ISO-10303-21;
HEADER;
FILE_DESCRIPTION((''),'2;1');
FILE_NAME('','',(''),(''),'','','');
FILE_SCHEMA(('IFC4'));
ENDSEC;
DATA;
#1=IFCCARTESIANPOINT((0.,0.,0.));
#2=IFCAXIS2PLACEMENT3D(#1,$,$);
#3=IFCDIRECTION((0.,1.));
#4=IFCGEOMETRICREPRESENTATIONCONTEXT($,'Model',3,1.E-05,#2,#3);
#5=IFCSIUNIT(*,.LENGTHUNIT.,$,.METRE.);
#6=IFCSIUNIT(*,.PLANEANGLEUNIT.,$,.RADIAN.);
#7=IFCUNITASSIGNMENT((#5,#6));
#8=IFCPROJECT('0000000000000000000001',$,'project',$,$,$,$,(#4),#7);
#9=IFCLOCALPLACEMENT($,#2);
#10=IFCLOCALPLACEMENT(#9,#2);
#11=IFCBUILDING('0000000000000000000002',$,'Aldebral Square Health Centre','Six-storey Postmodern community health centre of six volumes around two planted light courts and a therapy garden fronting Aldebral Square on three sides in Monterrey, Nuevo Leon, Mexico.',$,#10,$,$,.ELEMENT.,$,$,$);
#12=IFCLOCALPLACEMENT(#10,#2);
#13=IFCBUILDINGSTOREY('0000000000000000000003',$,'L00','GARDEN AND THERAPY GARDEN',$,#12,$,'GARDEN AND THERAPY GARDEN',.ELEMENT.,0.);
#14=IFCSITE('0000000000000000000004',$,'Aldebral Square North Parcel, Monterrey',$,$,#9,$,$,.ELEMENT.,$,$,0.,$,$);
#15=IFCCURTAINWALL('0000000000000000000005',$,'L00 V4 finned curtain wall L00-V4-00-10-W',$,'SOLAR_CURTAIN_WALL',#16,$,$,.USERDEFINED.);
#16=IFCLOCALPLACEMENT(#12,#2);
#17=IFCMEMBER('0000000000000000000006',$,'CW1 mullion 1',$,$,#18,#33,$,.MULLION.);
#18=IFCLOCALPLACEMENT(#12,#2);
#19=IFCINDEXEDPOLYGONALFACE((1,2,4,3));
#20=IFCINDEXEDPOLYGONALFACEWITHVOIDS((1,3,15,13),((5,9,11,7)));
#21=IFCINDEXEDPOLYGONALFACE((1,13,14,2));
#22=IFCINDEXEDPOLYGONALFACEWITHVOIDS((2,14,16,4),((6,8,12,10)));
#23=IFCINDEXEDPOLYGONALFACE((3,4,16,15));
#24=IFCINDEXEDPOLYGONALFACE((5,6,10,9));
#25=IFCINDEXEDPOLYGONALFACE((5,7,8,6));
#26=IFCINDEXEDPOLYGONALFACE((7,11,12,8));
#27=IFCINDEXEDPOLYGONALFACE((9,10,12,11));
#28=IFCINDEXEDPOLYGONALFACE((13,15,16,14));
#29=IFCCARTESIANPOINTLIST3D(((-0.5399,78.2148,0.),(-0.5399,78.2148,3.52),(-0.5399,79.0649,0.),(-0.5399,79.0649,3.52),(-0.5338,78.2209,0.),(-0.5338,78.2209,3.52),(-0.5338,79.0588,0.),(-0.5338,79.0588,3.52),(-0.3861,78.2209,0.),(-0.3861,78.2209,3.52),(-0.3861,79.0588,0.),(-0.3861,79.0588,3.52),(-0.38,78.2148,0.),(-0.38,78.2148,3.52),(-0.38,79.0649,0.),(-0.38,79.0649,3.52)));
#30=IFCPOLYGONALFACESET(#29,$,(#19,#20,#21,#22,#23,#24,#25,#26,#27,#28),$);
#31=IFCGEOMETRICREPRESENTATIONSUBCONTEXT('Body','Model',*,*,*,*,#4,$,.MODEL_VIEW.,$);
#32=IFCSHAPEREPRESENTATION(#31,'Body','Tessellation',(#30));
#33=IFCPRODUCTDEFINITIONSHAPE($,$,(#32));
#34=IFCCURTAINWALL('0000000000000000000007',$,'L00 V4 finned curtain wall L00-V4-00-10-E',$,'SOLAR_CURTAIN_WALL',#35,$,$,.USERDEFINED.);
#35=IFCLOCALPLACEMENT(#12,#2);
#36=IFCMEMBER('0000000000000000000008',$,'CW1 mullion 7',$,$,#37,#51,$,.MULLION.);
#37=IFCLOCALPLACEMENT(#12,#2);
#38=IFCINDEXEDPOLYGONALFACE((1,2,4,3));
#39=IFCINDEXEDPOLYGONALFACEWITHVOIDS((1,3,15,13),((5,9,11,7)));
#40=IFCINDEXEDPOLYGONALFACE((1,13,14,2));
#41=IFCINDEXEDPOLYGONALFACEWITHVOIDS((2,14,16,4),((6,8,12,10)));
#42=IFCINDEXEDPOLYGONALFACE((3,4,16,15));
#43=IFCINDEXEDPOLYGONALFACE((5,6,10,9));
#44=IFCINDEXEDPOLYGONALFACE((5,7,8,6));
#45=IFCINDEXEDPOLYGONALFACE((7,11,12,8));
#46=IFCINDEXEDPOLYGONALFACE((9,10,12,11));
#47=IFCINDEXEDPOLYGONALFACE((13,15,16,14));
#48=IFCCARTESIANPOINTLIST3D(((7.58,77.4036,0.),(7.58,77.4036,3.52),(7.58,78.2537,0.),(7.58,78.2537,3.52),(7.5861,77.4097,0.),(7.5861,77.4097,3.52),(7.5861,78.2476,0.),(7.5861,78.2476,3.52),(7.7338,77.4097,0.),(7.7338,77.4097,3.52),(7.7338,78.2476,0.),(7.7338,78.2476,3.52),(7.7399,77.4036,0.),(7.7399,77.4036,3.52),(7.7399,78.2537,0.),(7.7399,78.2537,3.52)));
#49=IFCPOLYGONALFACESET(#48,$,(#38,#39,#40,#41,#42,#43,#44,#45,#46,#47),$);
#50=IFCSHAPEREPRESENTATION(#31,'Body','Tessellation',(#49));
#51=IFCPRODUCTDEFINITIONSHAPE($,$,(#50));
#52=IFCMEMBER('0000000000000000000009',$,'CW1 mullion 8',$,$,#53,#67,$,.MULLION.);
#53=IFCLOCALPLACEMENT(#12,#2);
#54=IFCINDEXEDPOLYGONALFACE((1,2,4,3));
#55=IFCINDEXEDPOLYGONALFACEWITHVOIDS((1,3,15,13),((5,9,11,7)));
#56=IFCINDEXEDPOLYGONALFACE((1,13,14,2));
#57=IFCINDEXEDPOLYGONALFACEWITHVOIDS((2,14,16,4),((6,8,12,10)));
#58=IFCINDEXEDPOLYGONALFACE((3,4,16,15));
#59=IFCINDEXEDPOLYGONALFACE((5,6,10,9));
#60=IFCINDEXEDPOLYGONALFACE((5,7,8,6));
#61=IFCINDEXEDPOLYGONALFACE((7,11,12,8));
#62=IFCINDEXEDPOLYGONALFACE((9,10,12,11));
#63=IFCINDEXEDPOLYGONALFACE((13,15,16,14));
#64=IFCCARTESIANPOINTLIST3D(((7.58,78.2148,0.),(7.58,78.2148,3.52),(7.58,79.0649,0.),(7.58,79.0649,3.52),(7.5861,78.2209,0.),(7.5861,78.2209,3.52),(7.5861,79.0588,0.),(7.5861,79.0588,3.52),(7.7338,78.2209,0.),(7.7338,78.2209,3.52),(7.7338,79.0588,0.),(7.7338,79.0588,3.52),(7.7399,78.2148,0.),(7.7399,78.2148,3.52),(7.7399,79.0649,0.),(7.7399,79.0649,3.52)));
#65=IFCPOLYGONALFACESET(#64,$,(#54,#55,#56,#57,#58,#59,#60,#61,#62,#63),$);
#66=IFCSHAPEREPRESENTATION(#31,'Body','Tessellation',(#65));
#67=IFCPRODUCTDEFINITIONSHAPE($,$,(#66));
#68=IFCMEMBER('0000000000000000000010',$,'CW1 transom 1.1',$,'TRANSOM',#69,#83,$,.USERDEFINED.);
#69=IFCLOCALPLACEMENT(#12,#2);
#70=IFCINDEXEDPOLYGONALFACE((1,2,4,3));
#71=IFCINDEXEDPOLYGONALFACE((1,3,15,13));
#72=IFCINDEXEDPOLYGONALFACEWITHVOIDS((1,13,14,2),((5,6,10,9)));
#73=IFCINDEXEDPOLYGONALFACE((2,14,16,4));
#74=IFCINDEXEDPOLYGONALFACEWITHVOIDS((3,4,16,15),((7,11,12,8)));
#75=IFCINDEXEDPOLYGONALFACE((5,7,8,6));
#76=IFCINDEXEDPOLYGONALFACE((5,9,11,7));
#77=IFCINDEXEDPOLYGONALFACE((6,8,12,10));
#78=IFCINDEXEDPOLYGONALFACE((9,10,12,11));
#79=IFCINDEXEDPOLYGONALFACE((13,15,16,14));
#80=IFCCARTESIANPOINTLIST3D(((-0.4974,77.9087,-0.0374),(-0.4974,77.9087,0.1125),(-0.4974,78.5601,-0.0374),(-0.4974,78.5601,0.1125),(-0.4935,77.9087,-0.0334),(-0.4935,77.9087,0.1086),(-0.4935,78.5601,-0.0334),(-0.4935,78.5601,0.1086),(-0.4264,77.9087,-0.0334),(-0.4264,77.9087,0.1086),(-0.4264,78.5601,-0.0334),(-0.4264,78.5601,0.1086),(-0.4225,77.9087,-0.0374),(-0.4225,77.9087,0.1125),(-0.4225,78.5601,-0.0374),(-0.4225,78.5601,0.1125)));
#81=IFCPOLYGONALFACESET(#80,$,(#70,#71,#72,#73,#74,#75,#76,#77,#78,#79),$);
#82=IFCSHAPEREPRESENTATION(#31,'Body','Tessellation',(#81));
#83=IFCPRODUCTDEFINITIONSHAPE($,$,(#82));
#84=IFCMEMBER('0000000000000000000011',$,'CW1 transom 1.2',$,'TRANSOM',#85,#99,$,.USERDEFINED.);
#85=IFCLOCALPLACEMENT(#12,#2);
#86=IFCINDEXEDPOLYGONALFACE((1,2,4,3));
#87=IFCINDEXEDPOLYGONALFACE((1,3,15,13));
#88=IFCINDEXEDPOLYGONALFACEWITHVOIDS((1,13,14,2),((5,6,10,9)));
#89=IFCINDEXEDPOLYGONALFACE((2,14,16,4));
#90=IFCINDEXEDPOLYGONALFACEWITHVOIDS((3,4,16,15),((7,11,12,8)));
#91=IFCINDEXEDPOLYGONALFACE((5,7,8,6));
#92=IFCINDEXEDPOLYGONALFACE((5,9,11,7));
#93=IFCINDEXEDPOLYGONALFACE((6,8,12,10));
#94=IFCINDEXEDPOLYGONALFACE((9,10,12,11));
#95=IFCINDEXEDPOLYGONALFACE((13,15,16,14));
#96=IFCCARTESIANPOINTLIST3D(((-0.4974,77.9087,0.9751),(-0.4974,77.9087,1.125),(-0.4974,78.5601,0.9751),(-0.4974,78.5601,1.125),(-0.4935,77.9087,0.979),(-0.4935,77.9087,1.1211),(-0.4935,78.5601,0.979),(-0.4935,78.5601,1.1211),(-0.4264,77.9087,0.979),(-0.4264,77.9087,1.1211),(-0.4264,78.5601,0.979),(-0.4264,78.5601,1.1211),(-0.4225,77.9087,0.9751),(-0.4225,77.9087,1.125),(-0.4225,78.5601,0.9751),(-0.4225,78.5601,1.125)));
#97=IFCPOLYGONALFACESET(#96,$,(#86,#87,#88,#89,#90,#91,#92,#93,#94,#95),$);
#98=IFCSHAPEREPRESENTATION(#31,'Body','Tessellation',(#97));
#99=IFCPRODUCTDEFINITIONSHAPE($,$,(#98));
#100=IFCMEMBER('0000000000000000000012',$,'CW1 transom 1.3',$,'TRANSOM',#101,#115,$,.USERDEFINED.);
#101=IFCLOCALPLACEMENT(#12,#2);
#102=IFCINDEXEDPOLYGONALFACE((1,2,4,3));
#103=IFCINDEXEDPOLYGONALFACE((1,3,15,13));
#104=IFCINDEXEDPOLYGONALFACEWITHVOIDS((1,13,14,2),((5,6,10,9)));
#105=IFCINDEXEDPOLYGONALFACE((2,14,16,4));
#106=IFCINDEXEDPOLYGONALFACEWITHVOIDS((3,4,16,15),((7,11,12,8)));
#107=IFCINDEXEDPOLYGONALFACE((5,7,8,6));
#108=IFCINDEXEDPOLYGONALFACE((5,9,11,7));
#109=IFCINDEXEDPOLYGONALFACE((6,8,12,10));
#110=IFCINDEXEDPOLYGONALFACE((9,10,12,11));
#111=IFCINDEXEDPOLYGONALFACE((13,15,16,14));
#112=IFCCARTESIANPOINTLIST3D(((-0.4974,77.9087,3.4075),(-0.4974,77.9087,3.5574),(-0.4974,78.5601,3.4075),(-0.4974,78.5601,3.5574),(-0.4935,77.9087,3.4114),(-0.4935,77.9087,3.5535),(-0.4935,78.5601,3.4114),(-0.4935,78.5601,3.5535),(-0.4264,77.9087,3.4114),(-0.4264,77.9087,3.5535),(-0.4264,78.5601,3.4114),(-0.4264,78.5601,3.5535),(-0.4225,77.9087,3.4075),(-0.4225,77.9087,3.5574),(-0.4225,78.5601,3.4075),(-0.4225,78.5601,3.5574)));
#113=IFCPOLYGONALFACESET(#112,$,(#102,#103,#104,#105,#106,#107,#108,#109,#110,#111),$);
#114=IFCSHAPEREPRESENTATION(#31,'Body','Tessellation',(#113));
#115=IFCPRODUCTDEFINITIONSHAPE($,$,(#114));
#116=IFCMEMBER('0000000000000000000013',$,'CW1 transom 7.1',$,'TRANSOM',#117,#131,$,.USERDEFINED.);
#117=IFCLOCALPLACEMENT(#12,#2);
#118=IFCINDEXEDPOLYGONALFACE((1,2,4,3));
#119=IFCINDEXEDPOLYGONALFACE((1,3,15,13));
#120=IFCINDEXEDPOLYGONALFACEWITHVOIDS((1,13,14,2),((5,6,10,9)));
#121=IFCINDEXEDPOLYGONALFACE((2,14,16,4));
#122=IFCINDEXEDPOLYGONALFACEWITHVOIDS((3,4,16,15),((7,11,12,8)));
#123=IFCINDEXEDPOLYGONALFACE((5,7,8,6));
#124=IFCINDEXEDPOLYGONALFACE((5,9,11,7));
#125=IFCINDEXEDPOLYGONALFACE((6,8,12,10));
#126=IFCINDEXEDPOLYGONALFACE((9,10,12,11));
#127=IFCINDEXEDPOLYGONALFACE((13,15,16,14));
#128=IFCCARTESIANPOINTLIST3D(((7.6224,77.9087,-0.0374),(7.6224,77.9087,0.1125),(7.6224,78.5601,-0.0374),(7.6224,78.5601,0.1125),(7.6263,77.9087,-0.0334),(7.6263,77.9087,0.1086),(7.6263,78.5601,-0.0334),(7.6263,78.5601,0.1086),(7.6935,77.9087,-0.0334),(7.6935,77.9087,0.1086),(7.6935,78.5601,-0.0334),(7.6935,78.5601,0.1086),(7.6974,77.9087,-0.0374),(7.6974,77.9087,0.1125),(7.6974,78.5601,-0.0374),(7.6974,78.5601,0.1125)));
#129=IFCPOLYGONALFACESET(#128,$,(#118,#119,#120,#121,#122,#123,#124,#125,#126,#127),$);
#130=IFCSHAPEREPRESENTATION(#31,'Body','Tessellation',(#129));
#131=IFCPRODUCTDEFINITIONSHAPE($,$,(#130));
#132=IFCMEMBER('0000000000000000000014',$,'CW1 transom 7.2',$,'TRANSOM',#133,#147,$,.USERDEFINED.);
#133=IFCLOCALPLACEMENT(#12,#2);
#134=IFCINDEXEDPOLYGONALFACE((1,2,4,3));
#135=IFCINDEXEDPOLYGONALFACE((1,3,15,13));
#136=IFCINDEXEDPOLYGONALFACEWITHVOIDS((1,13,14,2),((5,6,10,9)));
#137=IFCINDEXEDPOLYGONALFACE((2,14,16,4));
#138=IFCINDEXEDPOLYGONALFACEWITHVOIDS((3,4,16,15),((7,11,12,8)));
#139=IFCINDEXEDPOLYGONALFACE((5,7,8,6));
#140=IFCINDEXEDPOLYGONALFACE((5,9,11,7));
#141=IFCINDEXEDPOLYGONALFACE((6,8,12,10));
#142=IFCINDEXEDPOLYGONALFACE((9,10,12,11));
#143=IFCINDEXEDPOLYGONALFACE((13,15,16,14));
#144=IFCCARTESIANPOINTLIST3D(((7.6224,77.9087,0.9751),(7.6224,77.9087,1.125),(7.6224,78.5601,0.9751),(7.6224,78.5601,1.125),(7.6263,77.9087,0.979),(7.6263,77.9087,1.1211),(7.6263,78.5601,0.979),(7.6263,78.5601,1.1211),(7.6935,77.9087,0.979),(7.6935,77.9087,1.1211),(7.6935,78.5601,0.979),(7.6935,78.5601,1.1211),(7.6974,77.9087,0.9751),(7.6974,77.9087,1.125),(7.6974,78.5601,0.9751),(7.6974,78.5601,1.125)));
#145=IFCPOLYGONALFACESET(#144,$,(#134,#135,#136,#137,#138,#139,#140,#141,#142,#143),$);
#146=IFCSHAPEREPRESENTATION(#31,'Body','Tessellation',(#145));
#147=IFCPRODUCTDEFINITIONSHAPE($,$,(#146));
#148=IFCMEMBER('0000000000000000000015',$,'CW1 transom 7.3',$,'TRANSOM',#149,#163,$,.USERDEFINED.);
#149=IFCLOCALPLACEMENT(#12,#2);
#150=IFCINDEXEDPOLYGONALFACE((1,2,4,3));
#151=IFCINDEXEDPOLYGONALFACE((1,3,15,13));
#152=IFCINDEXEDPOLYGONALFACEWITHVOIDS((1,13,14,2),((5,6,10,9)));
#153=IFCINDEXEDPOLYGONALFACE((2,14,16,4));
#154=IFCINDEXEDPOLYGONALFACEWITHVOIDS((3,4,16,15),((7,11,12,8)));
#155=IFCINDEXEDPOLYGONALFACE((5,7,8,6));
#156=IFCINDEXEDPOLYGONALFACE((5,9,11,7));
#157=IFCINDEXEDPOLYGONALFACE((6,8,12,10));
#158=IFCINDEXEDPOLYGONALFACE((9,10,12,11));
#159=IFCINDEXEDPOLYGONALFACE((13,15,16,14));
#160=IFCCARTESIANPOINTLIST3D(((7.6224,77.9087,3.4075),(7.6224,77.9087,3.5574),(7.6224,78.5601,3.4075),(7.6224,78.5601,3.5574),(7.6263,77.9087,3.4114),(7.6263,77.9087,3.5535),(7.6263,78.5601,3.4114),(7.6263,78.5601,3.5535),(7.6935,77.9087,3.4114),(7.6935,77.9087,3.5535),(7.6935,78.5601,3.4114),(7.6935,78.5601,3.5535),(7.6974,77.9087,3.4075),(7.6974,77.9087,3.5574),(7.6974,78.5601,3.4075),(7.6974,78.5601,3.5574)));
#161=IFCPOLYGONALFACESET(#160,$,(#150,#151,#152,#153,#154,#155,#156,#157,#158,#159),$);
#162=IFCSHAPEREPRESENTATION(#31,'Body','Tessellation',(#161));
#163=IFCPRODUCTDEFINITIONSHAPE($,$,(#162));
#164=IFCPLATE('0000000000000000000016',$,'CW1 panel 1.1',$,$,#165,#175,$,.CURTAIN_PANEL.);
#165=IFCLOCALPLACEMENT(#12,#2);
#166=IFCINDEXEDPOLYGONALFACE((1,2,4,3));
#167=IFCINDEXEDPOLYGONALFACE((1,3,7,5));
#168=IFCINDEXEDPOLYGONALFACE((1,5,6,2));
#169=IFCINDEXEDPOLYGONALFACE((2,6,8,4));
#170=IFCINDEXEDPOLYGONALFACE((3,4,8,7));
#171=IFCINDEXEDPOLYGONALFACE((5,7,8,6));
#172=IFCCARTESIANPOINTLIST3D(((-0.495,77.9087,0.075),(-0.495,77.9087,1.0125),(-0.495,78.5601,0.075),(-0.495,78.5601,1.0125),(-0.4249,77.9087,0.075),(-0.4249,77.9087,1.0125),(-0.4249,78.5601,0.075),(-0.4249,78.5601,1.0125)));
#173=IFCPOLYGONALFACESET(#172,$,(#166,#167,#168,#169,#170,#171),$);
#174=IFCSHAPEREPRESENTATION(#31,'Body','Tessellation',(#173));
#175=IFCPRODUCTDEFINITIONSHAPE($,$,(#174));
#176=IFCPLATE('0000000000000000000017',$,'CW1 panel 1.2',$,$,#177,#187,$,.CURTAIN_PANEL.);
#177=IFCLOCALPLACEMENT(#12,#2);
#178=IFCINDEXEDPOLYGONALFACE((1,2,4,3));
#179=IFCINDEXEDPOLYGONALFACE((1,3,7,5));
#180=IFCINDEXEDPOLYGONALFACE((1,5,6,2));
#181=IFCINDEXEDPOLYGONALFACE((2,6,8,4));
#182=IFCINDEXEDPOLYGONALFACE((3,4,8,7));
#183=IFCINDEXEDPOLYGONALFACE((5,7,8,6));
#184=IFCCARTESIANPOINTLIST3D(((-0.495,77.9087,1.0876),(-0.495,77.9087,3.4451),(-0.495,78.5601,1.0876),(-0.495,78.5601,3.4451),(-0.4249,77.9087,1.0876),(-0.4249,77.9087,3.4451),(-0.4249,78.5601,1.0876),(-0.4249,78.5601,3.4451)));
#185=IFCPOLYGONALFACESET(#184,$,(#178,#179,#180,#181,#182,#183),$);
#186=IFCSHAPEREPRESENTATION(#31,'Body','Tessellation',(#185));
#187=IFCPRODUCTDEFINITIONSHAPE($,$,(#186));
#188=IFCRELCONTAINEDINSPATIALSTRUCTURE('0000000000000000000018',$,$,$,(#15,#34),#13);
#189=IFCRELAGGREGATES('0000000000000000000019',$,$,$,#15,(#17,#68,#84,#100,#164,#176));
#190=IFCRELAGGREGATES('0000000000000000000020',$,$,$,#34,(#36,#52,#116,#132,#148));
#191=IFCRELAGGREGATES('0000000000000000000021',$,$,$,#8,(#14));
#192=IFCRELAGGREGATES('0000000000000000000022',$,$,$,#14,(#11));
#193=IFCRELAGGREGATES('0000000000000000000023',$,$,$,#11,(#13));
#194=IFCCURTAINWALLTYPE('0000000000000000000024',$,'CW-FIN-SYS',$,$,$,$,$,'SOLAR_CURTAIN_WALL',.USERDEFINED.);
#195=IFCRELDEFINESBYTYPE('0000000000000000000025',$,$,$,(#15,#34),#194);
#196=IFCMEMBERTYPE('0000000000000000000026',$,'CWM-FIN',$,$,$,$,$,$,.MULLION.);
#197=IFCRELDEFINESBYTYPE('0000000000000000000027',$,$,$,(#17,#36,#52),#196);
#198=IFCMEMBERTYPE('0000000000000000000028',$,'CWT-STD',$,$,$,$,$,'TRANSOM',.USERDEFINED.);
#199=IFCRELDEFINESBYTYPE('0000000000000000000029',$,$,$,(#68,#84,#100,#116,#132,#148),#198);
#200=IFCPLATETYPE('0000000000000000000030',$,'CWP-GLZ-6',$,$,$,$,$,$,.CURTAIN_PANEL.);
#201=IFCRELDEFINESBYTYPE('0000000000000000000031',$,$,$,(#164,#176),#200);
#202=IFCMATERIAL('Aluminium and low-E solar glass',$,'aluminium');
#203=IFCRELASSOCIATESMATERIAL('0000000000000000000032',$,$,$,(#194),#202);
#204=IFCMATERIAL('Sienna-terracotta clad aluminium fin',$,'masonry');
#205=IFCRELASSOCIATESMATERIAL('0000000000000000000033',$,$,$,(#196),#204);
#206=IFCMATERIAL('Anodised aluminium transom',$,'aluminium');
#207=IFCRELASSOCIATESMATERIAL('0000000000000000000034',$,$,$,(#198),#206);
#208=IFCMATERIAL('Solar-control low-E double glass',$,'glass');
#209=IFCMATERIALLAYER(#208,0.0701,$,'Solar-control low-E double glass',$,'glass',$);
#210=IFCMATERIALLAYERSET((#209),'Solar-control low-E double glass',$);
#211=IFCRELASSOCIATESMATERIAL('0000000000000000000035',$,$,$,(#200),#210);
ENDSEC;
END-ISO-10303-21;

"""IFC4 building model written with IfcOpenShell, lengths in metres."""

from ifc_helpers import new_model, si_unit, direction, frame, origin, origin_2d, place, context, subcontext, project, spatial, rectangle, hollow_rectangle, extrude, material, layer, layer_set, material_profile, profile_set, type_object, element, aggregate, save


model = new_model("IFC4")

# Units and contexts
model_context = context("Model", 3, precision=1e-05, world=origin(), true_north=direction((0.0, 1.0)))
body_context = subcontext(model_context, "Body", "Model", "MODEL_VIEW")
ifc_project = project(units=[si_unit("LENGTHUNIT", "METRE"), si_unit("PLANEANGLEUNIT", "RADIAN")], contexts=[model_context])

# Site, building, storey
site_placement = place(None, origin())
site = spatial("IfcSite", under=ifc_project, at=site_placement, Name="Aldebral Square North Parcel, Monterrey", CompositionType="ELEMENT", RefElevation=0.0)
building_placement = place(site_placement, origin())
building = spatial("IfcBuilding", under=site, at=building_placement, Name="Aldebral Square Health Centre", Description="Six-storey Postmodern community health centre of six volumes around two planted light courts and a therapy garden fronting Aldebral Square on three sides in Monterrey, Nuevo Leon, Mexico.", CompositionType="ELEMENT")
storey_placement = place(building_placement, origin())
storey = spatial("IfcBuildingStorey", under=building, at=storey_placement, Name="L00", Description="GARDEN AND THERAPY GARDEN", LongName="GARDEN AND THERAPY GARDEN", CompositionType="ELEMENT", Elevation=0.0)

# Curtain wall, member
ifc_material_1 = material(Name="Aluminium and low-E solar glass", Category="aluminium")
curtain_wall_type = type_object("IfcCurtainWallType", Name="CW-FIN-SYS", ElementType="SOLAR_CURTAIN_WALL", PredefinedType="USERDEFINED", material=ifc_material_1)
curtain_wall_1_placement = place(storey_placement, origin())
curtain_wall_1 = element("IfcCurtainWall", 1, at=curtain_wall_1_placement, inside=storey, type_object=curtain_wall_type, Name="L00 V4 finned curtain wall L00-V4-00-10-W", ObjectType="SOLAR_CURTAIN_WALL", PredefinedType="USERDEFINED")
ifc_material_2 = material(Name="Sienna-terracotta clad aluminium fin", Category="masonry")
ifc_material_profile_1 = material_profile(ifc_material_2, hollow_rectangle(XDim=0.1599, YDim=0.8501, WallThickness=0.0061, at=origin_2d()), Name="FIN 160x850x6")
ifc_profile_set_1 = profile_set([ifc_material_profile_1], Name="Sienna-terracotta clad aluminium fin")
member_type_1 = type_object("IfcMemberType", Name="CWM-FIN", PredefinedType="MULLION", material=ifc_profile_set_1)
member_1_placement = place(storey_placement, frame((-0.46, 78.6399, 0.0), z_axis=(0.0, 0.0, 1.0), x_axis=(1.0, 0.0, 0.0)))
member_1 = element("IfcMember", 2, at=member_1_placement, type_object=member_type_1, Name="CW1 mullion 1", PredefinedType="MULLION", context=body_context, shape_type="SweptSolid", body=[
    extrude(hollow_rectangle(XDim=0.1599, YDim=0.8501, WallThickness=0.0061, at=origin_2d()), origin(), (0.0, 0.0, 1.0), 3.52),
])

# Curtain wall, members
curtain_wall_2_placement = place(storey_placement, origin())
curtain_wall_2 = element("IfcCurtainWall", 3, at=curtain_wall_2_placement, inside=storey, type_object=curtain_wall_type, Name="L00 V4 finned curtain wall L00-V4-00-10-E", ObjectType="SOLAR_CURTAIN_WALL", PredefinedType="USERDEFINED")
member_2_placement = place(storey_placement, frame((7.6599, 77.8286, 0.0), z_axis=(0.0, 0.0, 1.0), x_axis=(-1.0, 0.0, 0.0)))
member_2 = element("IfcMember", 4, at=member_2_placement, type_object=member_type_1, Name="CW1 mullion 7", PredefinedType="MULLION", context=body_context, shape_type="SweptSolid", body=[
    extrude(hollow_rectangle(XDim=0.1599, YDim=0.8501, WallThickness=0.0061, at=origin_2d()), origin(), (0.0, 0.0, 1.0), 3.52),
])
member_3_placement = place(storey_placement, frame((7.6599, 78.6399, 0.0), z_axis=(0.0, 0.0, 1.0), x_axis=(-1.0, 0.0, 0.0)))
member_3 = element("IfcMember", 5, at=member_3_placement, type_object=member_type_1, Name="CW1 mullion 8", PredefinedType="MULLION", context=body_context, shape_type="SweptSolid", body=[
    extrude(hollow_rectangle(XDim=0.1599, YDim=0.8501, WallThickness=0.0061, at=origin_2d()), origin(), (0.0, 0.0, 1.0), 3.52),
])

# Members
ifc_material_3 = material(Name="Anodised aluminium transom", Category="aluminium")
ifc_material_profile_2 = material_profile(ifc_material_3, hollow_rectangle(XDim=0.075, YDim=0.1499, WallThickness=0.0039, at=origin_2d()), Name="CWT 75x150x4")
ifc_profile_set_2 = profile_set([ifc_material_profile_2], Name="Anodised aluminium transom")
member_type_2 = type_object("IfcMemberType", Name="CWT-STD", ElementType="TRANSOM", PredefinedType="USERDEFINED", material=ifc_profile_set_2)
member_4_placement = place(storey_placement, frame((-0.46, 78.5601, 0.0376), z_axis=(0.0, -1.0, 0.0), x_axis=(1.0, 0.0, 0.0)))
member_4 = element("IfcMember", 6, at=member_4_placement, type_object=member_type_2, Name="CW1 transom 1.1", ObjectType="TRANSOM", PredefinedType="USERDEFINED", context=body_context, shape_type="SweptSolid", body=[
    extrude(hollow_rectangle(XDim=0.075, YDim=0.1499, WallThickness=0.0039, at=origin_2d()), origin(), (0.0, 0.0, 1.0), 0.6514),
])
member_5_placement = place(storey_placement, frame((-0.46, 78.5601, 1.05), z_axis=(0.0, -1.0, 0.0), x_axis=(1.0, 0.0, 0.0)))
member_5 = element("IfcMember", 7, at=member_5_placement, type_object=member_type_2, Name="CW1 transom 1.2", ObjectType="TRANSOM", PredefinedType="USERDEFINED", context=body_context, shape_type="SweptSolid", body=[
    extrude(hollow_rectangle(XDim=0.075, YDim=0.1499, WallThickness=0.0039, at=origin_2d()), origin(), (0.0, 0.0, 1.0), 0.6514),
])
member_6_placement = place(storey_placement, frame((-0.46, 78.5601, 3.4824), z_axis=(0.0, -1.0, 0.0), x_axis=(1.0, 0.0, 0.0)))
member_6 = element("IfcMember", 8, at=member_6_placement, type_object=member_type_2, Name="CW1 transom 1.3", ObjectType="TRANSOM", PredefinedType="USERDEFINED", context=body_context, shape_type="SweptSolid", body=[
    extrude(hollow_rectangle(XDim=0.075, YDim=0.1499, WallThickness=0.0039, at=origin_2d()), origin(), (0.0, 0.0, 1.0), 0.6514),
])
member_7_placement = place(storey_placement, frame((7.6599, 77.9087, 0.0376), z_axis=(0.0, 1.0, 0.0), x_axis=(-1.0, 0.0, 0.0)))
member_7 = element("IfcMember", 9, at=member_7_placement, type_object=member_type_2, Name="CW1 transom 7.1", ObjectType="TRANSOM", PredefinedType="USERDEFINED", context=body_context, shape_type="SweptSolid", body=[
    extrude(hollow_rectangle(XDim=0.075, YDim=0.1499, WallThickness=0.0039, at=origin_2d()), origin(), (0.0, 0.0, 1.0), 0.6514),
])
member_8_placement = place(storey_placement, frame((7.6599, 77.9087, 1.05), z_axis=(0.0, 1.0, 0.0), x_axis=(-1.0, 0.0, 0.0)))
member_8 = element("IfcMember", 10, at=member_8_placement, type_object=member_type_2, Name="CW1 transom 7.2", ObjectType="TRANSOM", PredefinedType="USERDEFINED", context=body_context, shape_type="SweptSolid", body=[
    extrude(hollow_rectangle(XDim=0.075, YDim=0.1499, WallThickness=0.0039, at=origin_2d()), origin(), (0.0, 0.0, 1.0), 0.6514),
])
member_9_placement = place(storey_placement, frame((7.6599, 77.9087, 3.4824), z_axis=(0.0, 1.0, 0.0), x_axis=(-1.0, 0.0, 0.0)))
member_9 = element("IfcMember", 11, at=member_9_placement, type_object=member_type_2, Name="CW1 transom 7.3", ObjectType="TRANSOM", PredefinedType="USERDEFINED", context=body_context, shape_type="SweptSolid", body=[
    extrude(hollow_rectangle(XDim=0.075, YDim=0.1499, WallThickness=0.0039, at=origin_2d()), origin(), (0.0, 0.0, 1.0), 0.6514),
])

# Plates
ifc_material_4 = material(Name="Solar-control low-E double glass", Category="glass")
ifc_layer_1 = layer(ifc_material_4, 0.0701, Name="Solar-control low-E double glass", Category="glass")
ifc_layer_set_1 = layer_set([ifc_layer_1], Name="Solar-control low-E double glass")
plate_type_1 = type_object("IfcPlateType", Name="CWP-GLZ-6", PredefinedType="CURTAIN_PANEL", material=ifc_layer_set_1)
plate_1_placement = place(storey_placement, frame((-0.46, 78.2344, 0.075), z_axis=(0.0, 0.0, 1.0), x_axis=(0.0, -1.0, 0.0)))
plate_1 = element("IfcPlate", 12, at=plate_1_placement, type_object=plate_type_1, Name="CW1 panel 1.1", PredefinedType="CURTAIN_PANEL", context=body_context, shape_type="SweptSolid", body=[
    extrude(rectangle(XDim=0.6514, YDim=0.0701, at=origin_2d()), origin(), (0.0, 0.0, 1.0), 0.9375),
])
plate_2_placement = place(storey_placement, frame((-0.46, 78.2344, 1.0876), z_axis=(0.0, 0.0, 1.0), x_axis=(0.0, -1.0, 0.0)))
plate_2 = element("IfcPlate", 13, at=plate_2_placement, type_object=plate_type_1, Name="CW1 panel 1.2", PredefinedType="CURTAIN_PANEL", context=body_context, shape_type="SweptSolid", body=[
    extrude(rectangle(XDim=0.6514, YDim=0.0701, at=origin_2d()), origin(), (0.0, 0.0, 1.0), 2.3574),
])
aggregate(curtain_wall_1, [member_1, member_4, member_5, member_6, plate_1, plate_2])
aggregate(curtain_wall_2, [member_2, member_3, member_7, member_8, member_9])

save(model, "model.ifc")
